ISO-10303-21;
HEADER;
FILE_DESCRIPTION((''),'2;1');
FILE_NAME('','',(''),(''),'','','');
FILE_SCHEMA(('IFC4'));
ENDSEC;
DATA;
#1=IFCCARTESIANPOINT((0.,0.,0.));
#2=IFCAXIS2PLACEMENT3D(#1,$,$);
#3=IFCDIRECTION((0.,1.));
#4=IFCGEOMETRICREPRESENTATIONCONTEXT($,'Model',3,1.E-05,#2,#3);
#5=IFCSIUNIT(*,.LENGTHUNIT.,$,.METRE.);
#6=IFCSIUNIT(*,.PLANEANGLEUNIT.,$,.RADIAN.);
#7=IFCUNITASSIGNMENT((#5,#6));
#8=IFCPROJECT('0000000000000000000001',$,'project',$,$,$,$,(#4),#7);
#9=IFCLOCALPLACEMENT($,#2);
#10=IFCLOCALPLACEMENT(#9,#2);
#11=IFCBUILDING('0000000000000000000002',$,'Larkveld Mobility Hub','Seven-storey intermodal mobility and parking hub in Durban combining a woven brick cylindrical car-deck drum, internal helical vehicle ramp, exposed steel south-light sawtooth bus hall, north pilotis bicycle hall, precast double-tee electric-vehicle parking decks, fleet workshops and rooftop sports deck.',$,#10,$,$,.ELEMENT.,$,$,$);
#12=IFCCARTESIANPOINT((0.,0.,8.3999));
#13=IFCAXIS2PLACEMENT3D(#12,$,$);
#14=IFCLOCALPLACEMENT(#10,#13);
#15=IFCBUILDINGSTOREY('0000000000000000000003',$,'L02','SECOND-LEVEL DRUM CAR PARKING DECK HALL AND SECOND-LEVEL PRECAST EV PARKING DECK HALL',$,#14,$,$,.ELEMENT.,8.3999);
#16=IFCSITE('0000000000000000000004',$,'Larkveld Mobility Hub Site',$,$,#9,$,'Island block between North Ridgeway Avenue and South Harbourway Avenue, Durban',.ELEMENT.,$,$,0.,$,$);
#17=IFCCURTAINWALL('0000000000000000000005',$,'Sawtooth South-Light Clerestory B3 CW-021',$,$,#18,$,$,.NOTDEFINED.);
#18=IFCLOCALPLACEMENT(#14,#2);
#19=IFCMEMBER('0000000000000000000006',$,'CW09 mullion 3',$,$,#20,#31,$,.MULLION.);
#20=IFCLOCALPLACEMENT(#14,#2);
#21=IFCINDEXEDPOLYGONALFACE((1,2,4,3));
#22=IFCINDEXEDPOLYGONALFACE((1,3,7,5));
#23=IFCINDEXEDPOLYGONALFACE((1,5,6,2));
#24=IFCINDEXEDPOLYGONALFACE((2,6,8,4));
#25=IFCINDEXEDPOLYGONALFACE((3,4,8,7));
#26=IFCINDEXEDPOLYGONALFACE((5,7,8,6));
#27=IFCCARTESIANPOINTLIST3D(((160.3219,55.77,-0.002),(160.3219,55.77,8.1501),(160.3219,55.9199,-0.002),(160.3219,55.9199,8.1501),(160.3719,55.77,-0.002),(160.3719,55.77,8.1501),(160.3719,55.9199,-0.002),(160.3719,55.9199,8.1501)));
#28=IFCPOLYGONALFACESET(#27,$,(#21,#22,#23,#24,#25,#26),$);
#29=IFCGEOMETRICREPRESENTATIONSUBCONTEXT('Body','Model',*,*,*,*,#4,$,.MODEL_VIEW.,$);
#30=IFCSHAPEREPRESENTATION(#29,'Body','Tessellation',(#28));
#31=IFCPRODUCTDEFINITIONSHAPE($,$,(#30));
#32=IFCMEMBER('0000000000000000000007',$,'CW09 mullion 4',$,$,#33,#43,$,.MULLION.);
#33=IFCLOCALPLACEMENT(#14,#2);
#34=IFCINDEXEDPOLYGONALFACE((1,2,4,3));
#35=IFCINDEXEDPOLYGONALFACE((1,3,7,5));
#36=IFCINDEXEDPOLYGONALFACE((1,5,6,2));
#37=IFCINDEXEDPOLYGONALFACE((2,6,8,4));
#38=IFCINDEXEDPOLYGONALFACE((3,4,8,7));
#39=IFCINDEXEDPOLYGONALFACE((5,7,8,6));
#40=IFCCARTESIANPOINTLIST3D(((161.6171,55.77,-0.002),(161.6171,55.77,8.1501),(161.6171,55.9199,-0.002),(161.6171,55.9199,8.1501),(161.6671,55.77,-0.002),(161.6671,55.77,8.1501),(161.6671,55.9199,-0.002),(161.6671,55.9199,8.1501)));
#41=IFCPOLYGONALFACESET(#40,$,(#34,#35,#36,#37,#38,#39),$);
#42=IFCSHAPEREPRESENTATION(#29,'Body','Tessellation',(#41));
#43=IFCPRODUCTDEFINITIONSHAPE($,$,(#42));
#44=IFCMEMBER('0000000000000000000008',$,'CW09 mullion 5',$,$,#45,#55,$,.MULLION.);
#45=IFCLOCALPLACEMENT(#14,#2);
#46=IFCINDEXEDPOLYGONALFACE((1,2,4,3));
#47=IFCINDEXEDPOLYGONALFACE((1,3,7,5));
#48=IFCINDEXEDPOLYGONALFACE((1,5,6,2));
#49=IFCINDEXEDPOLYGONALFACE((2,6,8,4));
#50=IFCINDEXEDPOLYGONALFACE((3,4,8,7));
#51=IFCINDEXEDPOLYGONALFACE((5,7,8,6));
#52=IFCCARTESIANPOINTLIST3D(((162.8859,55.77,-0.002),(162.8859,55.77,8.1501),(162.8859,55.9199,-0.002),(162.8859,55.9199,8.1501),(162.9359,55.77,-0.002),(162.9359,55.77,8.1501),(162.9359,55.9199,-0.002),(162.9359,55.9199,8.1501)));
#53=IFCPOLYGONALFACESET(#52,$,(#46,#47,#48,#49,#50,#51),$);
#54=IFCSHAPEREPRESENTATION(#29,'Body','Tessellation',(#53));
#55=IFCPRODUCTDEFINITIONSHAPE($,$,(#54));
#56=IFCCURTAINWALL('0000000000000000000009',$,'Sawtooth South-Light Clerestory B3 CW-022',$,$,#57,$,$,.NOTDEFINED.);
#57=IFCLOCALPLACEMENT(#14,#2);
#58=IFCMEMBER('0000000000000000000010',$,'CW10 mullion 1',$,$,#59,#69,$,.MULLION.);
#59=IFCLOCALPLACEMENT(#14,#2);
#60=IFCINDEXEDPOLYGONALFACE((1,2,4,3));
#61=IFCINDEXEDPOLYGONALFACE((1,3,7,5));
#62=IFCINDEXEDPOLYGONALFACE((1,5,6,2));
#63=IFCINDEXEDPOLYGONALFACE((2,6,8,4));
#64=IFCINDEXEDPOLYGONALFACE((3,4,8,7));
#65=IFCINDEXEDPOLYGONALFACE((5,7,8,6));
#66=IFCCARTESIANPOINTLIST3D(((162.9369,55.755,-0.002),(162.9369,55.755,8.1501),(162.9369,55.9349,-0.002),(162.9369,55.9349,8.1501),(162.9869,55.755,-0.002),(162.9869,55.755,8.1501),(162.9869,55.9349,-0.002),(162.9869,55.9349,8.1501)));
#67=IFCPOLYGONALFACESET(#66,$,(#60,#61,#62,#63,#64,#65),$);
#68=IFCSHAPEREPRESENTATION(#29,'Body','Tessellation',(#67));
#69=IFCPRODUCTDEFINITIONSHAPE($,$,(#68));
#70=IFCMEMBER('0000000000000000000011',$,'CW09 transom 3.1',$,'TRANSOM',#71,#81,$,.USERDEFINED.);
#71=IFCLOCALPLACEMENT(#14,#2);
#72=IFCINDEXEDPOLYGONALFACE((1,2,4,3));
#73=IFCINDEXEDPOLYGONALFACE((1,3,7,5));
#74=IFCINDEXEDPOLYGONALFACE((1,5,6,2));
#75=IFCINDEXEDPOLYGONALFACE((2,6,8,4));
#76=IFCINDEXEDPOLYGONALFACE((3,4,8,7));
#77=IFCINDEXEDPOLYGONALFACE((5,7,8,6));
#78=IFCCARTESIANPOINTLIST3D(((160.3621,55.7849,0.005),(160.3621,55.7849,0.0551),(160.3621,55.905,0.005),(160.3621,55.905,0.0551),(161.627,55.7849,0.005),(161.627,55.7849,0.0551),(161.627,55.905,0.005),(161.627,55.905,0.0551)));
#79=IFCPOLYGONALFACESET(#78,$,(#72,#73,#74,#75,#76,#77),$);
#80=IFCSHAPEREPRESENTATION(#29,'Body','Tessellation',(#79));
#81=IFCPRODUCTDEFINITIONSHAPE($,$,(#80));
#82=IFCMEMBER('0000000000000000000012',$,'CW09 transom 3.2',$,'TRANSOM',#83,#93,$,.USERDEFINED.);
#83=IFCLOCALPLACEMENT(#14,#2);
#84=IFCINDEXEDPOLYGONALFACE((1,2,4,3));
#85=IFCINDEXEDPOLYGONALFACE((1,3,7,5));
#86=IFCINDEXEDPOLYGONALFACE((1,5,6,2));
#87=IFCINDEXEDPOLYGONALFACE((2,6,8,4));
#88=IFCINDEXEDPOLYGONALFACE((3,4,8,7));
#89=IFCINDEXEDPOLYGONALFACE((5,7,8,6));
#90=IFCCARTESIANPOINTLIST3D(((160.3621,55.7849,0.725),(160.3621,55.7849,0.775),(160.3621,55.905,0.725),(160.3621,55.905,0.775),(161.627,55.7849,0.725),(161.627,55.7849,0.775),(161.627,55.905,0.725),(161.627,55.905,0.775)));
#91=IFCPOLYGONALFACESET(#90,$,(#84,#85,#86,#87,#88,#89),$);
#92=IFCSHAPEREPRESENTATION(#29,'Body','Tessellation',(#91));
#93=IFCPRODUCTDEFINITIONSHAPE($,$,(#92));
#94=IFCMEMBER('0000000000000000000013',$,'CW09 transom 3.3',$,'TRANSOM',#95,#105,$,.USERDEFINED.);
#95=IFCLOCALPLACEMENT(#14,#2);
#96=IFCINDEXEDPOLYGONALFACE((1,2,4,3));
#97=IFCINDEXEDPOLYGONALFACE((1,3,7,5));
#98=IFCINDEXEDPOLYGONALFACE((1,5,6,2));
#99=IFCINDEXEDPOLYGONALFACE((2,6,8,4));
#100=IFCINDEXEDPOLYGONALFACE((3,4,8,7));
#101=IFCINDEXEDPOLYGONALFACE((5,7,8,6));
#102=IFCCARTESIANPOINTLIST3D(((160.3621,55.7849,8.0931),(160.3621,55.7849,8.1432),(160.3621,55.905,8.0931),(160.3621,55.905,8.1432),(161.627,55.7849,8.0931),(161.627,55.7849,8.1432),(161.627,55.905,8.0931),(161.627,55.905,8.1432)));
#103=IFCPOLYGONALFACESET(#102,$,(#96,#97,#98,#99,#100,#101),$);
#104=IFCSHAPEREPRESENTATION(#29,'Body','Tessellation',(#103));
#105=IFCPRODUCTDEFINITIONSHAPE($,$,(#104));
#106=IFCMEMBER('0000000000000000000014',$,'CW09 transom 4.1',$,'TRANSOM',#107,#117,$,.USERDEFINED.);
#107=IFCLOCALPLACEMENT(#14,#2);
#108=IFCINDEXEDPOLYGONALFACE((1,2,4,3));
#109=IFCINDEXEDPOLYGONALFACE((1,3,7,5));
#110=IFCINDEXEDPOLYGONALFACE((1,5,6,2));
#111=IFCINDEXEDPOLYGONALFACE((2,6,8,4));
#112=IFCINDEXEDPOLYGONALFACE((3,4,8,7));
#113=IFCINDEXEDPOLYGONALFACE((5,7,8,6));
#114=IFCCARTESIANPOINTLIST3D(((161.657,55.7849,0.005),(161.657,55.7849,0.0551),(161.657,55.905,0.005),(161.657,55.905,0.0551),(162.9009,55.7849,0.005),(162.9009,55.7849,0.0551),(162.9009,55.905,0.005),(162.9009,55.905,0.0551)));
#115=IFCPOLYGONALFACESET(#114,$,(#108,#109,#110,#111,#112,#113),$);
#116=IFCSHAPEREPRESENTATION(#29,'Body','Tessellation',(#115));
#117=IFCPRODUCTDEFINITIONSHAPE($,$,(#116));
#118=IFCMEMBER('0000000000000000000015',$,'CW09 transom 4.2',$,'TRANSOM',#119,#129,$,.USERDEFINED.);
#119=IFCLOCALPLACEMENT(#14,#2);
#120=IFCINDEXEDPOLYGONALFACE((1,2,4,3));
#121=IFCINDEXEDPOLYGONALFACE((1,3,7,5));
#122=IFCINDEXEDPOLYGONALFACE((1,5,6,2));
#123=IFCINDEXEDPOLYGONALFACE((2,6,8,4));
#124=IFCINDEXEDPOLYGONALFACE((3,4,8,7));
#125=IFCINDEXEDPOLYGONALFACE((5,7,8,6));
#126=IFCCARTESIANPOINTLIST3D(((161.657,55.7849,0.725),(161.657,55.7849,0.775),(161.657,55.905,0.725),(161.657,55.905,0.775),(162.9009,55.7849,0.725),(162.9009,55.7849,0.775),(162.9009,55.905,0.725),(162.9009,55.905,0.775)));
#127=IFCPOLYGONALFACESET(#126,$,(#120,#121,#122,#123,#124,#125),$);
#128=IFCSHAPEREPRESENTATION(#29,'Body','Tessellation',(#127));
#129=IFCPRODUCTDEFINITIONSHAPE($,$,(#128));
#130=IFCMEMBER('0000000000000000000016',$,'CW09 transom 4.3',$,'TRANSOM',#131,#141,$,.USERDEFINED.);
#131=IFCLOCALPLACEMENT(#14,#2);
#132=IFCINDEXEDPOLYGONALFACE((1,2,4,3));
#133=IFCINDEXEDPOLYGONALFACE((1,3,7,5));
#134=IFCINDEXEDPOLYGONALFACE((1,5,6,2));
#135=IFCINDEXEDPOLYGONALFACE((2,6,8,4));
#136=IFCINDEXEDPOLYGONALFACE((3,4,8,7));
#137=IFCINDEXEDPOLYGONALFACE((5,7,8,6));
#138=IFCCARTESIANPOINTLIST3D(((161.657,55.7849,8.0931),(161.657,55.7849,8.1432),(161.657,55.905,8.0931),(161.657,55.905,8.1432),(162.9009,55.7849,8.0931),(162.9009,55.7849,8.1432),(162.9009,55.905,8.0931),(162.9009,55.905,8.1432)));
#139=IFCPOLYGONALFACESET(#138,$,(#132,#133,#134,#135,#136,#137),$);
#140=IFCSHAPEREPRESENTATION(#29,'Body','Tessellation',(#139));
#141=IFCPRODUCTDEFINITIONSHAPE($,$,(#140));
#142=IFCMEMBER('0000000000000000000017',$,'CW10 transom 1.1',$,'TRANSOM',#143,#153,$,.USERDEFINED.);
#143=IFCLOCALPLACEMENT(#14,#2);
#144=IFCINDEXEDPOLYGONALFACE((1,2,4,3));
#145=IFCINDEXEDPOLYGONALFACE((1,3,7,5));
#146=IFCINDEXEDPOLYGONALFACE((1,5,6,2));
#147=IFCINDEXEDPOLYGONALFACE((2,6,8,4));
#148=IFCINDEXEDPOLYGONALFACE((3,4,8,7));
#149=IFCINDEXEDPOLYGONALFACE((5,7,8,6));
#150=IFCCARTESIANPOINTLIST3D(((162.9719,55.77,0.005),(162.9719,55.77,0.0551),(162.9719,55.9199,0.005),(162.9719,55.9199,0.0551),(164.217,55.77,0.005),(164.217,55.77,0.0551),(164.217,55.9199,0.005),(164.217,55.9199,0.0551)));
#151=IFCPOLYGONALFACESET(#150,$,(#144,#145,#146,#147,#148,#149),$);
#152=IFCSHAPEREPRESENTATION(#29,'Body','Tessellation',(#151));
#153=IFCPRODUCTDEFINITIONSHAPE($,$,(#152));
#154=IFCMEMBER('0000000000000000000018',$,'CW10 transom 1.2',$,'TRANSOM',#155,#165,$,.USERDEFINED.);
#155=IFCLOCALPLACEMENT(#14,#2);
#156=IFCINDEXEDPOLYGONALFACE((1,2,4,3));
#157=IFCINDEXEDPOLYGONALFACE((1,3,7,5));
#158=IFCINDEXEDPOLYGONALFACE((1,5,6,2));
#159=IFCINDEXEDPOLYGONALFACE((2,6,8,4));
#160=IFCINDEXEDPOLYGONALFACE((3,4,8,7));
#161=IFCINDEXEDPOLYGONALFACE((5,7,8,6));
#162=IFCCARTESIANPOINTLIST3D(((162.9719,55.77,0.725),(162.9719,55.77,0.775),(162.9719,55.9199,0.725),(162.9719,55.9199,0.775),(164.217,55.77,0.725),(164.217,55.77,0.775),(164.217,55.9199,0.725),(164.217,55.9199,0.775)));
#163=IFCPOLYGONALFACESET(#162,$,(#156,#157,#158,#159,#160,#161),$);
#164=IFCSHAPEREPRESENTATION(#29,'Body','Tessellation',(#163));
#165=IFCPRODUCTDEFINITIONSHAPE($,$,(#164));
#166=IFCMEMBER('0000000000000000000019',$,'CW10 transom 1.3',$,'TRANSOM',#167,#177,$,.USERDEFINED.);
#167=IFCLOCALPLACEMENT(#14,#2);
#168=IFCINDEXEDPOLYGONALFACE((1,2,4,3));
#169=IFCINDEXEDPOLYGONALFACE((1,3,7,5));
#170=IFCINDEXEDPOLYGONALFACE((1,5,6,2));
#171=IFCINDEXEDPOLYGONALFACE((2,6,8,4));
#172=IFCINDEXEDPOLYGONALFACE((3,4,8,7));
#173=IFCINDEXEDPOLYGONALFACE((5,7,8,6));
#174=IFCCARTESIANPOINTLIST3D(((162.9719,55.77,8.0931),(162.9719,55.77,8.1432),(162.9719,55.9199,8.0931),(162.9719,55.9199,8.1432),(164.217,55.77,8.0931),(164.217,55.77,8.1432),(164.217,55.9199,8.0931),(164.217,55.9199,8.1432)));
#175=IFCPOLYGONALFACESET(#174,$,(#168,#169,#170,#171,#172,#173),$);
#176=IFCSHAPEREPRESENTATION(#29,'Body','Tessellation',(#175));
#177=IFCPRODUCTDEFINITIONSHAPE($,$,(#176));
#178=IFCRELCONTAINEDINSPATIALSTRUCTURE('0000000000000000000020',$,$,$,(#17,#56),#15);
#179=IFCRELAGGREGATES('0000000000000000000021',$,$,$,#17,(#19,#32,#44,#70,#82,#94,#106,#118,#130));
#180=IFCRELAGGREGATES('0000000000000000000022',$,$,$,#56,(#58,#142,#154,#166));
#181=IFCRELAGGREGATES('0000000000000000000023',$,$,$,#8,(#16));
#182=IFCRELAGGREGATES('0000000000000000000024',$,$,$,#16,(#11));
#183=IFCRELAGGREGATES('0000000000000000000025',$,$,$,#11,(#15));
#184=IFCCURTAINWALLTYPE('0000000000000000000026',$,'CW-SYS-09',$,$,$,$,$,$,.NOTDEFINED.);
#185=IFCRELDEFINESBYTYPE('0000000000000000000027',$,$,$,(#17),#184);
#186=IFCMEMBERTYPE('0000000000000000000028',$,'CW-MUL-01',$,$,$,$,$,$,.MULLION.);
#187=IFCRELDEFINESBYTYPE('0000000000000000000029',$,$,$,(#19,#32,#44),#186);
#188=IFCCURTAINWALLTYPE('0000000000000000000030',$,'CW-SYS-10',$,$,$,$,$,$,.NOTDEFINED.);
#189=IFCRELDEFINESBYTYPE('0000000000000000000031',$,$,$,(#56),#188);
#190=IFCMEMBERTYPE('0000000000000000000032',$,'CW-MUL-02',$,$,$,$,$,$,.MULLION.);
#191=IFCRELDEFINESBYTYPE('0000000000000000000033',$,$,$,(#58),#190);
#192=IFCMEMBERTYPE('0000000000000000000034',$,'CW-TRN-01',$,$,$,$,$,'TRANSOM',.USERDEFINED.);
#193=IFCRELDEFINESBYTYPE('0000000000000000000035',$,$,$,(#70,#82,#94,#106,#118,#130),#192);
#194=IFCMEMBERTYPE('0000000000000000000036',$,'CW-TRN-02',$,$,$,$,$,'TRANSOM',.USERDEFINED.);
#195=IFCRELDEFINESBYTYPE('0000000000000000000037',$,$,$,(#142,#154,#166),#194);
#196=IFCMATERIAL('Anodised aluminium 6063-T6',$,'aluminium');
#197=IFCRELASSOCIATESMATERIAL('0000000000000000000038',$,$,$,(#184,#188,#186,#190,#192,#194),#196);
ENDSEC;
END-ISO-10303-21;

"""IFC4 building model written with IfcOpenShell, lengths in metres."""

from ifc_helpers import new_model, si_unit, direction, frame, origin, origin_2d, place, context, subcontext, project, spatial, rectangle, extrude, material, material_profile, profile_set, type_object, element, aggregate, save


model = new_model("IFC4")

# Units and contexts
model_context = context("Model", 3, precision=1e-05, world=origin(), true_north=direction((0.0, 1.0)))
body_context = subcontext(model_context, "Body", "Model", "MODEL_VIEW")
ifc_project = project(units=[si_unit("LENGTHUNIT", "METRE"), si_unit("PLANEANGLEUNIT", "RADIAN")], contexts=[model_context])

# Site, building, storey
site_placement = place(None, origin())
site = spatial("IfcSite", under=ifc_project, at=site_placement, Name="Larkveld Mobility Hub Site", LongName="Island block between North Ridgeway Avenue and South Harbourway Avenue, Durban", CompositionType="ELEMENT", RefElevation=0.0)
building_placement = place(site_placement, origin())
building = spatial("IfcBuilding", under=site, at=building_placement, Name="Larkveld Mobility Hub", Description="Seven-storey intermodal mobility and parking hub in Durban combining a woven brick cylindrical car-deck drum, internal helical vehicle ramp, exposed steel south-light sawtooth bus hall, north pilotis bicycle hall, precast double-tee electric-vehicle parking decks, fleet workshops and rooftop sports deck.", CompositionType="ELEMENT")
storey_placement = place(building_placement, frame((0.0, 0.0, 8.3999)))
storey = spatial("IfcBuildingStorey", under=building, at=storey_placement, Name="L02", Description="SECOND-LEVEL DRUM CAR PARKING DECK HALL AND SECOND-LEVEL PRECAST EV PARKING DECK HALL", CompositionType="ELEMENT", Elevation=8.3999)

# Curtain wall, members
ifc_material_1 = material(Name="Anodised aluminium 6063-T6", Category="aluminium")
curtain_wall_type_1 = type_object("IfcCurtainWallType", Name="CW-SYS-09", PredefinedType="NOTDEFINED", material=ifc_material_1)
curtain_wall_1_placement = place(storey_placement, origin())
curtain_wall_1 = element("IfcCurtainWall", 1, at=curtain_wall_1_placement, inside=storey, type_object=curtain_wall_type_1, Name="Sawtooth South-Light Clerestory B3 CW-021", PredefinedType="NOTDEFINED")
ifc_material_profile_1 = material_profile(ifc_material_1, rectangle(XDim=0.05, YDim=0.1499, at=origin_2d()), Name="ALU MULL 50x150")
ifc_profile_set_1 = profile_set([ifc_material_profile_1], Name="Anodised aluminium 6063-T6")
member_type_1 = type_object("IfcMemberType", Name="CW-MUL-01", PredefinedType="MULLION", material=ifc_profile_set_1)
member_1_placement = place(storey_placement, frame((160.3469, 55.845, -0.002), z_axis=(0.0, 0.0, 1.0), x_axis=(1.0, 0.0, 0.0)))
member_1 = element("IfcMember", 2, at=member_1_placement, type_object=member_type_1, Name="CW09 mullion 3", PredefinedType="MULLION", context=body_context, shape_type="SweptSolid", body=[
    extrude(rectangle(XDim=0.05, YDim=0.1499, at=origin_2d()), origin(), (0.0, 0.0, 1.0), 8.1521),
])
member_2_placement = place(storey_placement, frame((161.6421, 55.845, -0.002), z_axis=(0.0, 0.0, 1.0), x_axis=(1.0, 0.0, 0.0)))
member_2 = element("IfcMember", 3, at=member_2_placement, type_object=member_type_1, Name="CW09 mullion 4", PredefinedType="MULLION", context=body_context, shape_type="SweptSolid", body=[
    extrude(rectangle(XDim=0.05, YDim=0.1499, at=origin_2d()), origin(), (0.0, 0.0, 1.0), 8.1521),
])
member_3_placement = place(storey_placement, frame((162.9109, 55.845, -0.002), z_axis=(0.0, 0.0, 1.0), x_axis=(1.0, 0.0, 0.0)))
member_3 = element("IfcMember", 4, at=member_3_placement, type_object=member_type_1, Name="CW09 mullion 5", PredefinedType="MULLION", context=body_context, shape_type="SweptSolid", body=[
    extrude(rectangle(XDim=0.05, YDim=0.1499, at=origin_2d()), origin(), (0.0, 0.0, 1.0), 8.1521),
])

# Curtain wall, member
curtain_wall_type_2 = type_object("IfcCurtainWallType", Name="CW-SYS-10", PredefinedType="NOTDEFINED", material=ifc_material_1)
curtain_wall_2_placement = place(storey_placement, origin())
curtain_wall_2 = element("IfcCurtainWall", 5, at=curtain_wall_2_placement, inside=storey, type_object=curtain_wall_type_2, Name="Sawtooth South-Light Clerestory B3 CW-022", PredefinedType="NOTDEFINED")
ifc_material_profile_2 = material_profile(ifc_material_1, rectangle(XDim=0.05, YDim=0.1799, at=origin_2d()), Name="ALU MULL 50x180")
ifc_profile_set_2 = profile_set([ifc_material_profile_2], Name="Anodised aluminium 6063-T6")
member_type_2 = type_object("IfcMemberType", Name="CW-MUL-02", PredefinedType="MULLION", material=ifc_profile_set_2)
member_4_placement = place(storey_placement, frame((162.9619, 55.845, -0.002), z_axis=(0.0, 0.0, 1.0), x_axis=(1.0, 0.0, 0.0)))
member_4 = element("IfcMember", 6, at=member_4_placement, type_object=member_type_2, Name="CW10 mullion 1", PredefinedType="MULLION", context=body_context, shape_type="SweptSolid", body=[
    extrude(rectangle(XDim=0.05, YDim=0.1799, at=origin_2d()), origin(), (0.0, 0.0, 1.0), 8.1521),
])

# Members
ifc_material_profile_3 = material_profile(ifc_material_1, rectangle(XDim=0.1201, YDim=0.05, at=origin_2d()), Name="ALU TRAN 50x120")
ifc_profile_set_3 = profile_set([ifc_material_profile_3], Name="Anodised aluminium 6063-T6")
member_type_3 = type_object("IfcMemberType", Name="CW-TRN-01", ElementType="TRANSOM", PredefinedType="USERDEFINED", material=ifc_profile_set_3)
member_5_placement = place(storey_placement, frame((160.3621, 55.845, 0.03), z_axis=(1.0, 0.0, 0.0), x_axis=(0.0, 1.0, 0.0)))
member_5 = element("IfcMember", 7, at=member_5_placement, type_object=member_type_3, Name="CW09 transom 3.1", ObjectType="TRANSOM", PredefinedType="USERDEFINED", context=body_context, shape_type="SweptSolid", body=[
    extrude(rectangle(XDim=0.1201, YDim=0.05, at=origin_2d()), origin(), (0.0, 0.0, 1.0), 1.2649),
])
member_6_placement = place(storey_placement, frame((160.3621, 55.845, 0.75), z_axis=(1.0, 0.0, 0.0), x_axis=(0.0, 1.0, 0.0)))
member_6 = element("IfcMember", 8, at=member_6_placement, type_object=member_type_3, Name="CW09 transom 3.2", ObjectType="TRANSOM", PredefinedType="USERDEFINED", context=body_context, shape_type="SweptSolid", body=[
    extrude(rectangle(XDim=0.1201, YDim=0.05, at=origin_2d()), origin(), (0.0, 0.0, 1.0), 1.2649),
])
member_7_placement = place(storey_placement, frame((160.3621, 55.845, 8.1182), z_axis=(1.0, 0.0, 0.0), x_axis=(0.0, 1.0, 0.0)))
member_7 = element("IfcMember", 9, at=member_7_placement, type_object=member_type_3, Name="CW09 transom 3.3", ObjectType="TRANSOM", PredefinedType="USERDEFINED", context=body_context, shape_type="SweptSolid", body=[
    extrude(rectangle(XDim=0.1201, YDim=0.05, at=origin_2d()), origin(), (0.0, 0.0, 1.0), 1.2649),
])
member_8_placement = place(storey_placement, frame((161.657, 55.845, 0.03), z_axis=(1.0, 0.0, 0.0), x_axis=(0.0, 1.0, 0.0)))
member_8 = element("IfcMember", 10, at=member_8_placement, type_object=member_type_3, Name="CW09 transom 4.1", ObjectType="TRANSOM", PredefinedType="USERDEFINED", context=body_context, shape_type="SweptSolid", body=[
    extrude(rectangle(XDim=0.1201, YDim=0.05, at=origin_2d()), origin(), (0.0, 0.0, 1.0), 1.2439),
])
member_9_placement = place(storey_placement, frame((161.657, 55.845, 0.75), z_axis=(1.0, 0.0, 0.0), x_axis=(0.0, 1.0, 0.0)))
member_9 = element("IfcMember", 11, at=member_9_placement, type_object=member_type_3, Name="CW09 transom 4.2", ObjectType="TRANSOM", PredefinedType="USERDEFINED", context=body_context, shape_type="SweptSolid", body=[
    extrude(rectangle(XDim=0.1201, YDim=0.05, at=origin_2d()), origin(), (0.0, 0.0, 1.0), 1.2439),
])
member_10_placement = place(storey_placement, frame((161.657, 55.845, 8.1182), z_axis=(1.0, 0.0, 0.0), x_axis=(0.0, 1.0, 0.0)))
member_10 = element("IfcMember", 12, at=member_10_placement, type_object=member_type_3, Name="CW09 transom 4.3", ObjectType="TRANSOM", PredefinedType="USERDEFINED", context=body_context, shape_type="SweptSolid", body=[
    extrude(rectangle(XDim=0.1201, YDim=0.05, at=origin_2d()), origin(), (0.0, 0.0, 1.0), 1.2439),
])
ifc_material_profile_4 = material_profile(ifc_material_1, rectangle(XDim=0.1499, YDim=0.05, at=origin_2d()), Name="ALU TRAN 50x150")
ifc_profile_set_4 = profile_set([ifc_material_profile_4], Name="Anodised aluminium 6063-T6")
member_type_4 = type_object("IfcMemberType", Name="CW-TRN-02", ElementType="TRANSOM", PredefinedType="USERDEFINED", material=ifc_profile_set_4)
member_11_placement = place(storey_placement, frame((162.9719, 55.845, 0.03), z_axis=(1.0, 0.0, 0.0), x_axis=(0.0, 1.0, 0.0)))
member_11 = element("IfcMember", 13, at=member_11_placement, type_object=member_type_4, Name="CW10 transom 1.1", ObjectType="TRANSOM", PredefinedType="USERDEFINED", context=body_context, shape_type="SweptSolid", body=[
    extrude(rectangle(XDim=0.1499, YDim=0.05, at=origin_2d()), origin(), (0.0, 0.0, 1.0), 1.2451),
])
member_12_placement = place(storey_placement, frame((162.9719, 55.845, 0.75), z_axis=(1.0, 0.0, 0.0), x_axis=(0.0, 1.0, 0.0)))
member_12 = element("IfcMember", 14, at=member_12_placement, type_object=member_type_4, Name="CW10 transom 1.2", ObjectType="TRANSOM", PredefinedType="USERDEFINED", context=body_context, shape_type="SweptSolid", body=[
    extrude(rectangle(XDim=0.1499, YDim=0.05, at=origin_2d()), origin(), (0.0, 0.0, 1.0), 1.2451),
])
member_13_placement = place(storey_placement, frame((162.9719, 55.845, 8.1182), z_axis=(1.0, 0.0, 0.0), x_axis=(0.0, 1.0, 0.0)))
member_13 = element("IfcMember", 15, at=member_13_placement, type_object=member_type_4, Name="CW10 transom 1.3", ObjectType="TRANSOM", PredefinedType="USERDEFINED", context=body_context, shape_type="SweptSolid", body=[
    extrude(rectangle(XDim=0.1499, YDim=0.05, at=origin_2d()), origin(), (0.0, 0.0, 1.0), 1.2451),
])

aggregate(curtain_wall_1, [member_1, member_2, member_3, member_5, member_6, member_7, member_8, member_9, member_10])
aggregate(curtain_wall_2, [member_4, member_11, member_12, member_13])

save(model, "model.ifc")
